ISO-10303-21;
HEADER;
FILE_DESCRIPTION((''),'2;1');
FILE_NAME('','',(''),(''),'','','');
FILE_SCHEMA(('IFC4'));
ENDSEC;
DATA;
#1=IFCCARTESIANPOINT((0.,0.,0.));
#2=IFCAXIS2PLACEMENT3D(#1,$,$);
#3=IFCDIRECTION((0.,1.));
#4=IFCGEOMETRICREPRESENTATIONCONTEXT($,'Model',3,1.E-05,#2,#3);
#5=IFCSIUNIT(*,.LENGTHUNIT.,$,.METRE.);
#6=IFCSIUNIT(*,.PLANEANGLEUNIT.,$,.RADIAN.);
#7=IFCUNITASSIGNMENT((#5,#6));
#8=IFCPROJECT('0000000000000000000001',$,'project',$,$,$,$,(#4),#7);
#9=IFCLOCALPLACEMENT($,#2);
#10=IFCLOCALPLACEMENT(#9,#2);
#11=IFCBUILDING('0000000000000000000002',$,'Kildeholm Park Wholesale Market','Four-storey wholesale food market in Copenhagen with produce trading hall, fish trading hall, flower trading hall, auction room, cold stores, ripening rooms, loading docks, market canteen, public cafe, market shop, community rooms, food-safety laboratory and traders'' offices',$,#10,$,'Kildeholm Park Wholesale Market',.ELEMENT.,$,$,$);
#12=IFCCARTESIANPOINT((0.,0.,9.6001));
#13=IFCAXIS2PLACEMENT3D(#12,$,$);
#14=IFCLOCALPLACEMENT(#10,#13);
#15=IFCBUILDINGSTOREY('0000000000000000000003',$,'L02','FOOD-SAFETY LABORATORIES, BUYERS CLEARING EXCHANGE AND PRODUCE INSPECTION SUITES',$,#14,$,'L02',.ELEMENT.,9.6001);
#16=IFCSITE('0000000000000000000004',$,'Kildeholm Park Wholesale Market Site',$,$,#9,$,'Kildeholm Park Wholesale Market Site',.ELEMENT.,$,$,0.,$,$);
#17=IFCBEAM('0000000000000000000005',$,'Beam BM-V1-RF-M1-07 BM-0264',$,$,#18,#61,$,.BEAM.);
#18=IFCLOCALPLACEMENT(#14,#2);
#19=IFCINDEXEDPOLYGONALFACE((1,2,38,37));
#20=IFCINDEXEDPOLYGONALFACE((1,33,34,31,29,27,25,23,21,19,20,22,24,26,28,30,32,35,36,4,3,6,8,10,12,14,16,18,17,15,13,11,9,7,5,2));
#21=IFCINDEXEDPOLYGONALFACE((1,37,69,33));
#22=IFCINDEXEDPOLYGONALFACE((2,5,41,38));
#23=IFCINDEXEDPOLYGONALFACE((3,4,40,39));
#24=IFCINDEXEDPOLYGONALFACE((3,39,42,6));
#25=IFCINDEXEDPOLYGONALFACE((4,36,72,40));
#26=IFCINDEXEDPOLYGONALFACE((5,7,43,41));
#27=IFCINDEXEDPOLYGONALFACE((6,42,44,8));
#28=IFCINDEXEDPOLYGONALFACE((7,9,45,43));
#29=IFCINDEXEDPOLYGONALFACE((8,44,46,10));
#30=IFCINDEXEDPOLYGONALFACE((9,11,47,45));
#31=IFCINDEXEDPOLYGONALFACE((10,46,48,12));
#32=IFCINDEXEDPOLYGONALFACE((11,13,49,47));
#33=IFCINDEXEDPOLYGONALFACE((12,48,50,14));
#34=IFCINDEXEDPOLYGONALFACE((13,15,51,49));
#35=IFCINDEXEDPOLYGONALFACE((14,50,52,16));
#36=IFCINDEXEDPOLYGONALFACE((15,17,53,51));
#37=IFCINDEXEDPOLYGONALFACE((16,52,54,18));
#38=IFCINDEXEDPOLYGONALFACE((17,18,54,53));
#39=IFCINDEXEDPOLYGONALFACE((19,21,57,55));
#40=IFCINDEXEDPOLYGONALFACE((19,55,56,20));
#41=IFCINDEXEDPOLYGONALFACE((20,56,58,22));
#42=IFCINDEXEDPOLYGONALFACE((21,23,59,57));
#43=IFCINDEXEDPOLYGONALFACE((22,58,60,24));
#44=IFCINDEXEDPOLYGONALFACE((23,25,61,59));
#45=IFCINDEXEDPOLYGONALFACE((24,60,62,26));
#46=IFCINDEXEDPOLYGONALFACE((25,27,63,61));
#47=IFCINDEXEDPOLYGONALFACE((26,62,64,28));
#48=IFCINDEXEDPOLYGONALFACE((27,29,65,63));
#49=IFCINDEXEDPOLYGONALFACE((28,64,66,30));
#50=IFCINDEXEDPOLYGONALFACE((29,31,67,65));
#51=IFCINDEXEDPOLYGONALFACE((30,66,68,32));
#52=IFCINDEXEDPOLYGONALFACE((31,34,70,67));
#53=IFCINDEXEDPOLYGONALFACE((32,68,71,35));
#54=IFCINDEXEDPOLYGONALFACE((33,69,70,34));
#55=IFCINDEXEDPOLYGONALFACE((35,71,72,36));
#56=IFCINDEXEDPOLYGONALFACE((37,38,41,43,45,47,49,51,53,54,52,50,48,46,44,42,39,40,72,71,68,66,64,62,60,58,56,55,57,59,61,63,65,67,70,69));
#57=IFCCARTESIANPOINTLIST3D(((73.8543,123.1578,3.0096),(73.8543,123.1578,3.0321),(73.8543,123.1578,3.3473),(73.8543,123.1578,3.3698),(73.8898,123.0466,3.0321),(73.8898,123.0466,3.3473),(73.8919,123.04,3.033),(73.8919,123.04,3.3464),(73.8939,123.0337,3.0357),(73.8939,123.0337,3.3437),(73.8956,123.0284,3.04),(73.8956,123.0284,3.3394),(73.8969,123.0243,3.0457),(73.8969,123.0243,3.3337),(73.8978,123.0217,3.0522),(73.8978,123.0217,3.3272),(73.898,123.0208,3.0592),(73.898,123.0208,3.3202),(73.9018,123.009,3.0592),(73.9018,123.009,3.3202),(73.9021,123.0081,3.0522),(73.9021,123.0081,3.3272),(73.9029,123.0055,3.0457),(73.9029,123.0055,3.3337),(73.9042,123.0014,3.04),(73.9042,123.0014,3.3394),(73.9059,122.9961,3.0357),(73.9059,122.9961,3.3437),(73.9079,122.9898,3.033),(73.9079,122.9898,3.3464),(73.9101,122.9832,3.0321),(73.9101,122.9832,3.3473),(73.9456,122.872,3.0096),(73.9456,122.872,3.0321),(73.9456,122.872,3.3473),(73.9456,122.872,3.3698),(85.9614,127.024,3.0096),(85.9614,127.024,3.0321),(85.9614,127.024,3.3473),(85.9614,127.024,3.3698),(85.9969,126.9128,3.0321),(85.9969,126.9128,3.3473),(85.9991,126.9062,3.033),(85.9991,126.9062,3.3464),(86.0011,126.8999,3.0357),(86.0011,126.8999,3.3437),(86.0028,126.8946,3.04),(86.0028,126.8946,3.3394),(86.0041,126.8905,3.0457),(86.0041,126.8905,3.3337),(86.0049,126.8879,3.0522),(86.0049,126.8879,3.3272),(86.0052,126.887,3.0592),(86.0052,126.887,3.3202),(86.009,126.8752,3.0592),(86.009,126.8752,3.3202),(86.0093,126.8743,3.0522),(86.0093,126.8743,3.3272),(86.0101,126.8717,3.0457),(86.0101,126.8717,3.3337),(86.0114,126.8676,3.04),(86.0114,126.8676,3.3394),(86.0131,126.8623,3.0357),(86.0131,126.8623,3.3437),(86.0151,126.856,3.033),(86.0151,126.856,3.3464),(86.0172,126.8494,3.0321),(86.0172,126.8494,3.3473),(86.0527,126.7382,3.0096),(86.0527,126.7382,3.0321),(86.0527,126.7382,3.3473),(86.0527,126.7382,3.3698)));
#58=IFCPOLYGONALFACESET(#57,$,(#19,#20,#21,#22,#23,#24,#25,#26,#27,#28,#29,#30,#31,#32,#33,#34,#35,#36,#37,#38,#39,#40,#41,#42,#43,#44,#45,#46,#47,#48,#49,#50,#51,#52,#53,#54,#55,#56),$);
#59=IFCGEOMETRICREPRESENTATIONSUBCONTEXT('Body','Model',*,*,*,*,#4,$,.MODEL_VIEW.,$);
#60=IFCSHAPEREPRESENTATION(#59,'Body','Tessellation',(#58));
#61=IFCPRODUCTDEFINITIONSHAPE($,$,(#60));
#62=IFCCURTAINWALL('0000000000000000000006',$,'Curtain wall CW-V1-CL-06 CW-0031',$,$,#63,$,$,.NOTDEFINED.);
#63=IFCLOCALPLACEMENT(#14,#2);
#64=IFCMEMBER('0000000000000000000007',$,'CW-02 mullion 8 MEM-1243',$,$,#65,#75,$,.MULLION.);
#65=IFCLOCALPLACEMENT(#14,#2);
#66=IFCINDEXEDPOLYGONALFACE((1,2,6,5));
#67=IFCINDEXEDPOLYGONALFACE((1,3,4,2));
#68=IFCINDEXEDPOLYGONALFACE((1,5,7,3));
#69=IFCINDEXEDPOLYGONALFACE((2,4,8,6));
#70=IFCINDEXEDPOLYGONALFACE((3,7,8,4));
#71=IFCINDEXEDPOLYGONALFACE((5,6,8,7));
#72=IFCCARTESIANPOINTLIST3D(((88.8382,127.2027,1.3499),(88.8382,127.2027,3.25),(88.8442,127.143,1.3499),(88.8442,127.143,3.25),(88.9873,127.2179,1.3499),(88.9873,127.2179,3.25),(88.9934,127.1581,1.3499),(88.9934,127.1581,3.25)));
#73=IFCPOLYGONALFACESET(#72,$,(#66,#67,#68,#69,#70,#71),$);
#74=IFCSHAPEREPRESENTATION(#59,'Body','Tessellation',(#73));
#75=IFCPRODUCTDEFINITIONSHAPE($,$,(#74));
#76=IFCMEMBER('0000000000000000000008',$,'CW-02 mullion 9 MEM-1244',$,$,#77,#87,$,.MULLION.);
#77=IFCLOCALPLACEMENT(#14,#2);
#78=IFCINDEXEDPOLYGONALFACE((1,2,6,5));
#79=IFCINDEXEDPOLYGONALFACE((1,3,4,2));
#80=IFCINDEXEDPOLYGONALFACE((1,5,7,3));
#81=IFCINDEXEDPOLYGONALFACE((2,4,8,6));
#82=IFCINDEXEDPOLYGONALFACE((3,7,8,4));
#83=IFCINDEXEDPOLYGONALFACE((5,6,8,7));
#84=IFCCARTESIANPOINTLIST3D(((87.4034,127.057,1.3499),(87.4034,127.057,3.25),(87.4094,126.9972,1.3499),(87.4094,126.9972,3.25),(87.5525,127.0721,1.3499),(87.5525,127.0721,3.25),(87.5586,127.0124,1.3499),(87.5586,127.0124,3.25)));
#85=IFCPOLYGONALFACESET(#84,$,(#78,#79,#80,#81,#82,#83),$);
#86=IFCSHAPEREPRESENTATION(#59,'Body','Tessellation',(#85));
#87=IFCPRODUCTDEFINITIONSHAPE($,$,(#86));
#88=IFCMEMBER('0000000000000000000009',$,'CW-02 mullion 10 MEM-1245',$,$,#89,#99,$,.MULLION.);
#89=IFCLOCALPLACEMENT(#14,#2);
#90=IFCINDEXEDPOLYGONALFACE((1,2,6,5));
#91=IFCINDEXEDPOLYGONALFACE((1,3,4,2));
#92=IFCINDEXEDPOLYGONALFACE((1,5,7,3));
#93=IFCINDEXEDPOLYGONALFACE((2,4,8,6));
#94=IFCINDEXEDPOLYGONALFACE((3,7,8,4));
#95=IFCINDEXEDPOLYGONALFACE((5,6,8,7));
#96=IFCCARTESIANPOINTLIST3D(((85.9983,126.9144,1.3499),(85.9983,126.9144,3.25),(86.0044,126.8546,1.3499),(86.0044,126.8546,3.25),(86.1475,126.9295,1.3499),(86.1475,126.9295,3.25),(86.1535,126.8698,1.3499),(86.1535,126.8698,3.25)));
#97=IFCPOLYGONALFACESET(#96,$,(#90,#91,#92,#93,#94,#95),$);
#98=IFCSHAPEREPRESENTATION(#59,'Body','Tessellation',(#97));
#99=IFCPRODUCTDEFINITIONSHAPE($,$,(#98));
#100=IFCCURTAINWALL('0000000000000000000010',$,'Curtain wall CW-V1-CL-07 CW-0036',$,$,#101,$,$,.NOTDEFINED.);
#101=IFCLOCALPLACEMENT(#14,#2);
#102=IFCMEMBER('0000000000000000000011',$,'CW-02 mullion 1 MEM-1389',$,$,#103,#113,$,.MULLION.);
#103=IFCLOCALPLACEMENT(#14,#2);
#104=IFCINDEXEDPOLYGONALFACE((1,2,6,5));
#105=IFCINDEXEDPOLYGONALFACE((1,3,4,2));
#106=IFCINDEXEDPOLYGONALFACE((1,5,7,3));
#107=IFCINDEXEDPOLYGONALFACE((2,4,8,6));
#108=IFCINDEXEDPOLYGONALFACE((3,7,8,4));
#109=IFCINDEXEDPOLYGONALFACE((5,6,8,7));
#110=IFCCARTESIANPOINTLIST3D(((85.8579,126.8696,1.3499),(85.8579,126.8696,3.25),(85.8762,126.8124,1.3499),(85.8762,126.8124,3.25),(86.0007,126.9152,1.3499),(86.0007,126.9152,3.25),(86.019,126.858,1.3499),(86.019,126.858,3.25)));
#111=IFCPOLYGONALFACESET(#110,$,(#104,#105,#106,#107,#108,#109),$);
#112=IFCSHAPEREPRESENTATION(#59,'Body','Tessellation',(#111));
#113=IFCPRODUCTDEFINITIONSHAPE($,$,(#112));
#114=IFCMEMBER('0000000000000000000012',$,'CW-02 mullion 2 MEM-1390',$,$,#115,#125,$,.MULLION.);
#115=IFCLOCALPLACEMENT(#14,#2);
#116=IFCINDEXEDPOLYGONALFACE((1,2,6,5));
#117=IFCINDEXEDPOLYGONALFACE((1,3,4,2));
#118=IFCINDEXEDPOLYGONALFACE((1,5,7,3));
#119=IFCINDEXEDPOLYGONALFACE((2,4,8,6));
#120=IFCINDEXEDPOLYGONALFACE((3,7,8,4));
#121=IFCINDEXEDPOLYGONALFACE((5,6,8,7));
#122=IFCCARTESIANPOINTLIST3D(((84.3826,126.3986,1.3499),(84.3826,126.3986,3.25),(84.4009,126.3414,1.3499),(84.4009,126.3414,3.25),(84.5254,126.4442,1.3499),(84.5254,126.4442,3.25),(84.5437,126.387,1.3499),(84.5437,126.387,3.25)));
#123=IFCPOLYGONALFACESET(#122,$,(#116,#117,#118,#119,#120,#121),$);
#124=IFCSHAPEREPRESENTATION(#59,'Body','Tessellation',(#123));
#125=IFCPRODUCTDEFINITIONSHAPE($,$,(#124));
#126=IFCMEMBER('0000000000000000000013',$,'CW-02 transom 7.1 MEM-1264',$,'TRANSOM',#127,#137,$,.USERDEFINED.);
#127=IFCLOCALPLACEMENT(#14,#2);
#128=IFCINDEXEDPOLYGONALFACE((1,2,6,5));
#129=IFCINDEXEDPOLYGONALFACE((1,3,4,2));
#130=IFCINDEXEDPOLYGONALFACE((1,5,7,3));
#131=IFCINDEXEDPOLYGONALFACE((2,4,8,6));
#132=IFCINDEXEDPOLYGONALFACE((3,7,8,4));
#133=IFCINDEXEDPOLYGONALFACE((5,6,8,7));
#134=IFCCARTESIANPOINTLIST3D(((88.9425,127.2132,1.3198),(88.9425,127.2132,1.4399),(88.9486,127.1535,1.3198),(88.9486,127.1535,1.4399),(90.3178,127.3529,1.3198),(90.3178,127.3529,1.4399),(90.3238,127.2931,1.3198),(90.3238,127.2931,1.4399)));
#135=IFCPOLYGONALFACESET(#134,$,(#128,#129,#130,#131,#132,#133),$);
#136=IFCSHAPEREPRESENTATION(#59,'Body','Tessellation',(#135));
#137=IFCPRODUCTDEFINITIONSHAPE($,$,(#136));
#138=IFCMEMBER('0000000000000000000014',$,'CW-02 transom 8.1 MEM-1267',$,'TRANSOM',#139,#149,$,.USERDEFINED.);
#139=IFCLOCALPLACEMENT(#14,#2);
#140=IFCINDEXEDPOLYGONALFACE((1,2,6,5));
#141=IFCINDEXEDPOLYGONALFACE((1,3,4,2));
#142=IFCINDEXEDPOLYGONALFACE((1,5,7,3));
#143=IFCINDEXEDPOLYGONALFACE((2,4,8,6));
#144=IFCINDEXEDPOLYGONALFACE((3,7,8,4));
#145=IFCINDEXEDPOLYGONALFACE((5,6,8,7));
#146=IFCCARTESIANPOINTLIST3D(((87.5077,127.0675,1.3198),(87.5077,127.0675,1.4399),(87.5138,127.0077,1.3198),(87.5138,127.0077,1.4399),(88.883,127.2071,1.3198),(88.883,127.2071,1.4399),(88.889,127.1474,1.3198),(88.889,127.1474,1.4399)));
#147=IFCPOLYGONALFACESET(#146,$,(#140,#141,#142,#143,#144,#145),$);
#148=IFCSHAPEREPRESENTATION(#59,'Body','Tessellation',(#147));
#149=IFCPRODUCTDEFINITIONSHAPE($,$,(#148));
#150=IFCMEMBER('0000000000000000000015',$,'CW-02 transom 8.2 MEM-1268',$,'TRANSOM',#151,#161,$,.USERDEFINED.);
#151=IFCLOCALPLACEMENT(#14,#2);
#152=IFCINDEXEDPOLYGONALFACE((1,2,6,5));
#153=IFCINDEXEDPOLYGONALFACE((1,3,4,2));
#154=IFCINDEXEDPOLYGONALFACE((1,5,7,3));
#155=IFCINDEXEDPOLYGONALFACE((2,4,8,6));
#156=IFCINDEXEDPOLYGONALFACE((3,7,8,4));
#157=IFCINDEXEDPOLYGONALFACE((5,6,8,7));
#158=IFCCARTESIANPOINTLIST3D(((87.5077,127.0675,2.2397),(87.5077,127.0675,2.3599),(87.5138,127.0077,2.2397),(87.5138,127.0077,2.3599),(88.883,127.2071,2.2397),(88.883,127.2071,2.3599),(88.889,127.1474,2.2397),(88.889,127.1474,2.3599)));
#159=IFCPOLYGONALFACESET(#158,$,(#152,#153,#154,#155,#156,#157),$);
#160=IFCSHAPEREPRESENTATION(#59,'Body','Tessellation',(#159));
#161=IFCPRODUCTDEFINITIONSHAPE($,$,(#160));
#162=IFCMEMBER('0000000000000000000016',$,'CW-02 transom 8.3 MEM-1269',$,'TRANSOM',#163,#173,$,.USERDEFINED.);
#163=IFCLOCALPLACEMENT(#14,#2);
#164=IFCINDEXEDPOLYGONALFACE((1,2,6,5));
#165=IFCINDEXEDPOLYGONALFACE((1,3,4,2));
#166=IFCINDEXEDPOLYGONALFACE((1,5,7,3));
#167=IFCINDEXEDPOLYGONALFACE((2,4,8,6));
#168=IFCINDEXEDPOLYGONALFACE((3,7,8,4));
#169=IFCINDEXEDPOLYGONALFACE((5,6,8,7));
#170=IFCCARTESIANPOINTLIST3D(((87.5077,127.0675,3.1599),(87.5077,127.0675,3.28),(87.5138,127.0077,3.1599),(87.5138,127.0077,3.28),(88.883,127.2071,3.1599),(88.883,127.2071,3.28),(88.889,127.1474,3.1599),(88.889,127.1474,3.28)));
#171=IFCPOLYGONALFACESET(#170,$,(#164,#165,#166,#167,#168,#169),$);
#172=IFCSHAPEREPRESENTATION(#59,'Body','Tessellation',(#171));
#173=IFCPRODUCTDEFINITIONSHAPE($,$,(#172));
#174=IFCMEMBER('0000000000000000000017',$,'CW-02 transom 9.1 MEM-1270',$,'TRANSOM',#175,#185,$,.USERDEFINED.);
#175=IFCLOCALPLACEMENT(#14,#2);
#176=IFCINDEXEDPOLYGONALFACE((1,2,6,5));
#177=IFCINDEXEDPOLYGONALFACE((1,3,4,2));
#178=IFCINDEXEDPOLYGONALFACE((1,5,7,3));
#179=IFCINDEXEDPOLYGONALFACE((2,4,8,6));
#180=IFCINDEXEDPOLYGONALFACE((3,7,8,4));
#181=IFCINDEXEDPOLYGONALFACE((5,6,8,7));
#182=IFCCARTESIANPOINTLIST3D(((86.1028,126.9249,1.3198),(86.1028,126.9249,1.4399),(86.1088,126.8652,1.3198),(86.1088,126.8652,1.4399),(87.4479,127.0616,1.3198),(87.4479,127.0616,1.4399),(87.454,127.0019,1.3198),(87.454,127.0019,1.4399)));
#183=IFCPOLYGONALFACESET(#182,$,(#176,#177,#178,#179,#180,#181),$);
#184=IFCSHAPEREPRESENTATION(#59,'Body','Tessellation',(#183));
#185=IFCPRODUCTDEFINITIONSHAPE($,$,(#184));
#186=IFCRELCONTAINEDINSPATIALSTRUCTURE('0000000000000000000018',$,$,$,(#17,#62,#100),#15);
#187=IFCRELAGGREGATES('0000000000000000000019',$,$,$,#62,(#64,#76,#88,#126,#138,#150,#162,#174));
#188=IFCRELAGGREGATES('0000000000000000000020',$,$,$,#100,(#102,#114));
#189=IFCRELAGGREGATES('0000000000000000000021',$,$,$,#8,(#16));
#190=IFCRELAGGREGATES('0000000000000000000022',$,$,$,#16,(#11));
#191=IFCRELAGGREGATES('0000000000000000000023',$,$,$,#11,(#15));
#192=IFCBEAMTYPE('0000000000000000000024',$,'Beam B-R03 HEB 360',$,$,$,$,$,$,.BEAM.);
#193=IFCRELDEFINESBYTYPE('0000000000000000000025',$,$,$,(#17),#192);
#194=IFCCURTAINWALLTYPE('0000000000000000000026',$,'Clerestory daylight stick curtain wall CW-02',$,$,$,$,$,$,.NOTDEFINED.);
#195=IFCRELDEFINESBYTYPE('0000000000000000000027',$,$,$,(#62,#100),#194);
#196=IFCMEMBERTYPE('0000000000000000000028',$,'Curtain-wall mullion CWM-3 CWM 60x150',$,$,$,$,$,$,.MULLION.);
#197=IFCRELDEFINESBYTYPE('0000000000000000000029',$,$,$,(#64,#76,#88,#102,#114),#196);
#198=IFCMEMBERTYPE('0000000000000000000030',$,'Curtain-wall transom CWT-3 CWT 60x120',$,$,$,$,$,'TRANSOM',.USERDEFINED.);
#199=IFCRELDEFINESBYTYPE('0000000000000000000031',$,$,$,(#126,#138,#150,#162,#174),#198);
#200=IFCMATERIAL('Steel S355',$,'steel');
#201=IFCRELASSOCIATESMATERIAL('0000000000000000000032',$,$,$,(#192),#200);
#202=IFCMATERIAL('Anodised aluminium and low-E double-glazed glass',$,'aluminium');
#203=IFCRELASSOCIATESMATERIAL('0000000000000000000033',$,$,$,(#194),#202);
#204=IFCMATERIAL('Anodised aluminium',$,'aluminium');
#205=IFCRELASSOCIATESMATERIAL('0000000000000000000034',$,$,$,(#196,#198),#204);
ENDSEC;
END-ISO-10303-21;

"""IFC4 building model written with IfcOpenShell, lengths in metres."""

from ifc_helpers import new_model, si_unit, direction, frame, origin, origin_2d, place, context, subcontext, project, spatial, rectangle, i_section, extrude, material, material_profile, profile_set, type_object, element, aggregate, save


model = new_model("IFC4")

# Units and contexts
model_context = context("Model", 3, precision=1e-05, world=origin(), true_north=direction((0.0, 1.0)))
body_context = subcontext(model_context, "Body", "Model", "MODEL_VIEW")
ifc_project = project(units=[si_unit("LENGTHUNIT", "METRE"), si_unit("PLANEANGLEUNIT", "RADIAN")], contexts=[model_context])

# Site, building, storey
site_placement = place(None, origin())
site = spatial("IfcSite", under=ifc_project, at=site_placement, Name="Kildeholm Park Wholesale Market Site", LongName="Kildeholm Park Wholesale Market Site", CompositionType="ELEMENT", RefElevation=0.0)
building_placement = place(site_placement, origin())
building = spatial("IfcBuilding", under=site, at=building_placement, Name="Kildeholm Park Wholesale Market", Description="Four-storey wholesale food market in Copenhagen with produce trading hall, fish trading hall, flower trading hall, auction room, cold stores, ripening rooms, loading docks, market canteen, public cafe, market shop, community rooms, food-safety laboratory and traders' offices", LongName="Kildeholm Park Wholesale Market", CompositionType="ELEMENT")
storey_placement = place(building_placement, frame((0.0, 0.0, 9.6001)))
storey = spatial("IfcBuildingStorey", under=building, at=storey_placement, Name="L02", Description="FOOD-SAFETY LABORATORIES, BUYERS CLEARING EXCHANGE AND PRODUCE INSPECTION SUITES", LongName="L02", CompositionType="ELEMENT", Elevation=9.6001)

# Shared definitions
ifc_material_1 = material(Name="Steel S355", Category="steel")

# Beam
ifc_material_profile_1 = material_profile(ifc_material_1, i_section(OverallWidth=0.3, OverallDepth=0.3601, WebThickness=0.0125, FlangeThickness=0.0225, FilletRadius=0.0271, at=origin_2d()), Name="HEB 360")
ifc_profile_set_1 = profile_set([ifc_material_profile_1], Name="Steel S355")
beam_type_1 = type_object("IfcBeamType", Name="Beam B-R03 HEB 360", PredefinedType="BEAM", material=ifc_profile_set_1)
beam_1_placement = place(storey_placement, frame((86.0071, 126.8811, 3.1897), z_axis=(-0.952609, -0.304199, 0.0), x_axis=(0.304199, -0.952609, 0.0)))
element("IfcBeam", 1, at=beam_1_placement, inside=storey, type_object=beam_type_1, Name="Beam BM-V1-RF-M1-07 BM-0264", PredefinedType="BEAM", context=body_context, shape_type="SweptSolid", body=[
    extrude(i_section(OverallWidth=0.3, OverallDepth=0.3601, WebThickness=0.0125, FlangeThickness=0.0225, FilletRadius=0.0271, at=origin_2d()), origin(), (0.0, 0.0, 1.0), 12.7095),
])

# Curtain walls, members
ifc_material_2 = material(Name="Anodised aluminium and low-E double-glazed glass", Category="aluminium")
curtain_wall_type = type_object("IfcCurtainWallType", Name="Clerestory daylight stick curtain wall CW-02", PredefinedType="NOTDEFINED", material=ifc_material_2)
curtain_wall_1_placement = place(storey_placement, origin())
curtain_wall_1 = element("IfcCurtainWall", 2, at=curtain_wall_1_placement, inside=storey, type_object=curtain_wall_type, Name="Curtain wall CW-V1-CL-06 CW-0031", PredefinedType="NOTDEFINED")
ifc_material_3 = material(Name="Anodised aluminium", Category="aluminium")
ifc_material_profile_2 = material_profile(ifc_material_3, rectangle(XDim=0.0601, YDim=0.1499, at=origin_2d()), Name="CWM 60x150")
ifc_profile_set_2 = profile_set([ifc_material_profile_2], Name="Anodised aluminium")
member_type_1 = type_object("IfcMemberType", Name="Curtain-wall mullion CWM-3 CWM 60x150", PredefinedType="MULLION", material=ifc_profile_set_2)
member_1_placement = place(storey_placement, frame((88.9158, 127.1804, 1.3499), z_axis=(0.0, 0.0, 1.0), x_axis=(0.100999, -0.994887, 0.0)))
member_1 = element("IfcMember", 3, at=member_1_placement, type_object=member_type_1, Name="CW-02 mullion 8 MEM-1243", PredefinedType="MULLION", context=body_context, shape_type="SweptSolid", body=[
    extrude(rectangle(XDim=0.0601, YDim=0.1499, at=origin_2d()), origin(), (0.0, 0.0, 1.0), 1.9001),
])
member_2_placement = place(storey_placement, frame((87.481, 127.0347, 1.3499), z_axis=(0.0, 0.0, 1.0), x_axis=(0.100999, -0.994887, 0.0)))
member_2 = element("IfcMember", 4, at=member_2_placement, type_object=member_type_1, Name="CW-02 mullion 9 MEM-1244", PredefinedType="MULLION", context=body_context, shape_type="SweptSolid", body=[
    extrude(rectangle(XDim=0.0601, YDim=0.1499, at=origin_2d()), origin(), (0.0, 0.0, 1.0), 1.9001),
])
member_3_placement = place(storey_placement, frame((86.0759, 126.8921, 1.3499), z_axis=(0.0, 0.0, 1.0), x_axis=(0.100999, -0.994887, 0.0)))
member_3 = element("IfcMember", 5, at=member_3_placement, type_object=member_type_1, Name="CW-02 mullion 10 MEM-1245", PredefinedType="MULLION", context=body_context, shape_type="SweptSolid", body=[
    extrude(rectangle(XDim=0.0601, YDim=0.1499, at=origin_2d()), origin(), (0.0, 0.0, 1.0), 1.9001),
])
curtain_wall_2_placement = place(storey_placement, origin())
curtain_wall_2 = element("IfcCurtainWall", 6, at=curtain_wall_2_placement, inside=storey, type_object=curtain_wall_type, Name="Curtain wall CW-V1-CL-07 CW-0036", PredefinedType="NOTDEFINED")
member_4_placement = place(storey_placement, frame((85.9385, 126.8638, 1.3499), z_axis=(0.0, 0.0, 1.0), x_axis=(0.304207, -0.952606, 0.0)))
member_4 = element("IfcMember", 7, at=member_4_placement, type_object=member_type_1, Name="CW-02 mullion 1 MEM-1389", PredefinedType="MULLION", context=body_context, shape_type="SweptSolid", body=[
    extrude(rectangle(XDim=0.0601, YDim=0.1499, at=origin_2d()), origin(), (0.0, 0.0, 1.0), 1.9001),
])
member_5_placement = place(storey_placement, frame((84.4631, 126.3928, 1.3499), z_axis=(0.0, 0.0, 1.0), x_axis=(0.304207, -0.952606, 0.0)))
member_5 = element("IfcMember", 8, at=member_5_placement, type_object=member_type_1, Name="CW-02 mullion 2 MEM-1390", PredefinedType="MULLION", context=body_context, shape_type="SweptSolid", body=[
    extrude(rectangle(XDim=0.0601, YDim=0.1499, at=origin_2d()), origin(), (0.0, 0.0, 1.0), 1.9001),
])

# Members
ifc_material_profile_3 = material_profile(ifc_material_3, rectangle(XDim=0.0601, YDim=0.1201, at=origin_2d()), Name="CWT 60x120")
ifc_profile_set_3 = profile_set([ifc_material_profile_3], Name="Anodised aluminium")
member_type_2 = type_object("IfcMemberType", Name="Curtain-wall transom CWT-3 CWT 60x120", ElementType="TRANSOM", PredefinedType="USERDEFINED", material=ifc_profile_set_3)
member_6_placement = place(storey_placement, frame((90.3208, 127.323, 1.3799), z_axis=(-0.994884, -0.101025, 0.0), x_axis=(0.101025, -0.994884, 0.0)))
member_6 = element("IfcMember", 9, at=member_6_placement, type_object=member_type_2, Name="CW-02 transom 7.1 MEM-1264", ObjectType="TRANSOM", PredefinedType="USERDEFINED", context=body_context, shape_type="SweptSolid", body=[
    extrude(rectangle(XDim=0.0601, YDim=0.1201, at=origin_2d()), origin(), (0.0, 0.0, 1.0), 1.3823),
])
member_7_placement = place(storey_placement, frame((88.886, 127.1772, 1.3799), z_axis=(-0.994884, -0.101025, 0.0), x_axis=(0.101025, -0.994884, 0.0)))
member_7 = element("IfcMember", 10, at=member_7_placement, type_object=member_type_2, Name="CW-02 transom 8.1 MEM-1267", ObjectType="TRANSOM", PredefinedType="USERDEFINED", context=body_context, shape_type="SweptSolid", body=[
    extrude(rectangle(XDim=0.0601, YDim=0.1201, at=origin_2d()), origin(), (0.0, 0.0, 1.0), 1.3823),
])
member_8_placement = place(storey_placement, frame((88.886, 127.1772, 2.2998), z_axis=(-0.994884, -0.101025, 0.0), x_axis=(0.101025, -0.994884, 0.0)))
member_8 = element("IfcMember", 11, at=member_8_placement, type_object=member_type_2, Name="CW-02 transom 8.2 MEM-1268", ObjectType="TRANSOM", PredefinedType="USERDEFINED", context=body_context, shape_type="SweptSolid", body=[
    extrude(rectangle(XDim=0.0601, YDim=0.1201, at=origin_2d()), origin(), (0.0, 0.0, 1.0), 1.3823),
])
member_9_placement = place(storey_placement, frame((88.886, 127.1772, 3.22), z_axis=(-0.994884, -0.101025, 0.0), x_axis=(0.101025, -0.994884, 0.0)))
member_9 = element("IfcMember", 12, at=member_9_placement, type_object=member_type_2, Name="CW-02 transom 8.3 MEM-1269", ObjectType="TRANSOM", PredefinedType="USERDEFINED", context=body_context, shape_type="SweptSolid", body=[
    extrude(rectangle(XDim=0.0601, YDim=0.1201, at=origin_2d()), origin(), (0.0, 0.0, 1.0), 1.3823),
])
member_10_placement = place(storey_placement, frame((87.4509, 127.0317, 1.3799), z_axis=(-0.994875, -0.101113, 0.0), x_axis=(0.101113, -0.994875, 0.0)))
member_10 = element("IfcMember", 13, at=member_10_placement, type_object=member_type_2, Name="CW-02 transom 9.1 MEM-1270", ObjectType="TRANSOM", PredefinedType="USERDEFINED", context=body_context, shape_type="SweptSolid", body=[
    extrude(rectangle(XDim=0.0601, YDim=0.1201, at=origin_2d()), origin(), (0.0, 0.0, 1.0), 1.3521),
])

aggregate(curtain_wall_1, [member_1, member_2, member_3, member_6, member_7, member_8, member_9, member_10])
aggregate(curtain_wall_2, [member_4, member_5])

save(model, "model.ifc")
